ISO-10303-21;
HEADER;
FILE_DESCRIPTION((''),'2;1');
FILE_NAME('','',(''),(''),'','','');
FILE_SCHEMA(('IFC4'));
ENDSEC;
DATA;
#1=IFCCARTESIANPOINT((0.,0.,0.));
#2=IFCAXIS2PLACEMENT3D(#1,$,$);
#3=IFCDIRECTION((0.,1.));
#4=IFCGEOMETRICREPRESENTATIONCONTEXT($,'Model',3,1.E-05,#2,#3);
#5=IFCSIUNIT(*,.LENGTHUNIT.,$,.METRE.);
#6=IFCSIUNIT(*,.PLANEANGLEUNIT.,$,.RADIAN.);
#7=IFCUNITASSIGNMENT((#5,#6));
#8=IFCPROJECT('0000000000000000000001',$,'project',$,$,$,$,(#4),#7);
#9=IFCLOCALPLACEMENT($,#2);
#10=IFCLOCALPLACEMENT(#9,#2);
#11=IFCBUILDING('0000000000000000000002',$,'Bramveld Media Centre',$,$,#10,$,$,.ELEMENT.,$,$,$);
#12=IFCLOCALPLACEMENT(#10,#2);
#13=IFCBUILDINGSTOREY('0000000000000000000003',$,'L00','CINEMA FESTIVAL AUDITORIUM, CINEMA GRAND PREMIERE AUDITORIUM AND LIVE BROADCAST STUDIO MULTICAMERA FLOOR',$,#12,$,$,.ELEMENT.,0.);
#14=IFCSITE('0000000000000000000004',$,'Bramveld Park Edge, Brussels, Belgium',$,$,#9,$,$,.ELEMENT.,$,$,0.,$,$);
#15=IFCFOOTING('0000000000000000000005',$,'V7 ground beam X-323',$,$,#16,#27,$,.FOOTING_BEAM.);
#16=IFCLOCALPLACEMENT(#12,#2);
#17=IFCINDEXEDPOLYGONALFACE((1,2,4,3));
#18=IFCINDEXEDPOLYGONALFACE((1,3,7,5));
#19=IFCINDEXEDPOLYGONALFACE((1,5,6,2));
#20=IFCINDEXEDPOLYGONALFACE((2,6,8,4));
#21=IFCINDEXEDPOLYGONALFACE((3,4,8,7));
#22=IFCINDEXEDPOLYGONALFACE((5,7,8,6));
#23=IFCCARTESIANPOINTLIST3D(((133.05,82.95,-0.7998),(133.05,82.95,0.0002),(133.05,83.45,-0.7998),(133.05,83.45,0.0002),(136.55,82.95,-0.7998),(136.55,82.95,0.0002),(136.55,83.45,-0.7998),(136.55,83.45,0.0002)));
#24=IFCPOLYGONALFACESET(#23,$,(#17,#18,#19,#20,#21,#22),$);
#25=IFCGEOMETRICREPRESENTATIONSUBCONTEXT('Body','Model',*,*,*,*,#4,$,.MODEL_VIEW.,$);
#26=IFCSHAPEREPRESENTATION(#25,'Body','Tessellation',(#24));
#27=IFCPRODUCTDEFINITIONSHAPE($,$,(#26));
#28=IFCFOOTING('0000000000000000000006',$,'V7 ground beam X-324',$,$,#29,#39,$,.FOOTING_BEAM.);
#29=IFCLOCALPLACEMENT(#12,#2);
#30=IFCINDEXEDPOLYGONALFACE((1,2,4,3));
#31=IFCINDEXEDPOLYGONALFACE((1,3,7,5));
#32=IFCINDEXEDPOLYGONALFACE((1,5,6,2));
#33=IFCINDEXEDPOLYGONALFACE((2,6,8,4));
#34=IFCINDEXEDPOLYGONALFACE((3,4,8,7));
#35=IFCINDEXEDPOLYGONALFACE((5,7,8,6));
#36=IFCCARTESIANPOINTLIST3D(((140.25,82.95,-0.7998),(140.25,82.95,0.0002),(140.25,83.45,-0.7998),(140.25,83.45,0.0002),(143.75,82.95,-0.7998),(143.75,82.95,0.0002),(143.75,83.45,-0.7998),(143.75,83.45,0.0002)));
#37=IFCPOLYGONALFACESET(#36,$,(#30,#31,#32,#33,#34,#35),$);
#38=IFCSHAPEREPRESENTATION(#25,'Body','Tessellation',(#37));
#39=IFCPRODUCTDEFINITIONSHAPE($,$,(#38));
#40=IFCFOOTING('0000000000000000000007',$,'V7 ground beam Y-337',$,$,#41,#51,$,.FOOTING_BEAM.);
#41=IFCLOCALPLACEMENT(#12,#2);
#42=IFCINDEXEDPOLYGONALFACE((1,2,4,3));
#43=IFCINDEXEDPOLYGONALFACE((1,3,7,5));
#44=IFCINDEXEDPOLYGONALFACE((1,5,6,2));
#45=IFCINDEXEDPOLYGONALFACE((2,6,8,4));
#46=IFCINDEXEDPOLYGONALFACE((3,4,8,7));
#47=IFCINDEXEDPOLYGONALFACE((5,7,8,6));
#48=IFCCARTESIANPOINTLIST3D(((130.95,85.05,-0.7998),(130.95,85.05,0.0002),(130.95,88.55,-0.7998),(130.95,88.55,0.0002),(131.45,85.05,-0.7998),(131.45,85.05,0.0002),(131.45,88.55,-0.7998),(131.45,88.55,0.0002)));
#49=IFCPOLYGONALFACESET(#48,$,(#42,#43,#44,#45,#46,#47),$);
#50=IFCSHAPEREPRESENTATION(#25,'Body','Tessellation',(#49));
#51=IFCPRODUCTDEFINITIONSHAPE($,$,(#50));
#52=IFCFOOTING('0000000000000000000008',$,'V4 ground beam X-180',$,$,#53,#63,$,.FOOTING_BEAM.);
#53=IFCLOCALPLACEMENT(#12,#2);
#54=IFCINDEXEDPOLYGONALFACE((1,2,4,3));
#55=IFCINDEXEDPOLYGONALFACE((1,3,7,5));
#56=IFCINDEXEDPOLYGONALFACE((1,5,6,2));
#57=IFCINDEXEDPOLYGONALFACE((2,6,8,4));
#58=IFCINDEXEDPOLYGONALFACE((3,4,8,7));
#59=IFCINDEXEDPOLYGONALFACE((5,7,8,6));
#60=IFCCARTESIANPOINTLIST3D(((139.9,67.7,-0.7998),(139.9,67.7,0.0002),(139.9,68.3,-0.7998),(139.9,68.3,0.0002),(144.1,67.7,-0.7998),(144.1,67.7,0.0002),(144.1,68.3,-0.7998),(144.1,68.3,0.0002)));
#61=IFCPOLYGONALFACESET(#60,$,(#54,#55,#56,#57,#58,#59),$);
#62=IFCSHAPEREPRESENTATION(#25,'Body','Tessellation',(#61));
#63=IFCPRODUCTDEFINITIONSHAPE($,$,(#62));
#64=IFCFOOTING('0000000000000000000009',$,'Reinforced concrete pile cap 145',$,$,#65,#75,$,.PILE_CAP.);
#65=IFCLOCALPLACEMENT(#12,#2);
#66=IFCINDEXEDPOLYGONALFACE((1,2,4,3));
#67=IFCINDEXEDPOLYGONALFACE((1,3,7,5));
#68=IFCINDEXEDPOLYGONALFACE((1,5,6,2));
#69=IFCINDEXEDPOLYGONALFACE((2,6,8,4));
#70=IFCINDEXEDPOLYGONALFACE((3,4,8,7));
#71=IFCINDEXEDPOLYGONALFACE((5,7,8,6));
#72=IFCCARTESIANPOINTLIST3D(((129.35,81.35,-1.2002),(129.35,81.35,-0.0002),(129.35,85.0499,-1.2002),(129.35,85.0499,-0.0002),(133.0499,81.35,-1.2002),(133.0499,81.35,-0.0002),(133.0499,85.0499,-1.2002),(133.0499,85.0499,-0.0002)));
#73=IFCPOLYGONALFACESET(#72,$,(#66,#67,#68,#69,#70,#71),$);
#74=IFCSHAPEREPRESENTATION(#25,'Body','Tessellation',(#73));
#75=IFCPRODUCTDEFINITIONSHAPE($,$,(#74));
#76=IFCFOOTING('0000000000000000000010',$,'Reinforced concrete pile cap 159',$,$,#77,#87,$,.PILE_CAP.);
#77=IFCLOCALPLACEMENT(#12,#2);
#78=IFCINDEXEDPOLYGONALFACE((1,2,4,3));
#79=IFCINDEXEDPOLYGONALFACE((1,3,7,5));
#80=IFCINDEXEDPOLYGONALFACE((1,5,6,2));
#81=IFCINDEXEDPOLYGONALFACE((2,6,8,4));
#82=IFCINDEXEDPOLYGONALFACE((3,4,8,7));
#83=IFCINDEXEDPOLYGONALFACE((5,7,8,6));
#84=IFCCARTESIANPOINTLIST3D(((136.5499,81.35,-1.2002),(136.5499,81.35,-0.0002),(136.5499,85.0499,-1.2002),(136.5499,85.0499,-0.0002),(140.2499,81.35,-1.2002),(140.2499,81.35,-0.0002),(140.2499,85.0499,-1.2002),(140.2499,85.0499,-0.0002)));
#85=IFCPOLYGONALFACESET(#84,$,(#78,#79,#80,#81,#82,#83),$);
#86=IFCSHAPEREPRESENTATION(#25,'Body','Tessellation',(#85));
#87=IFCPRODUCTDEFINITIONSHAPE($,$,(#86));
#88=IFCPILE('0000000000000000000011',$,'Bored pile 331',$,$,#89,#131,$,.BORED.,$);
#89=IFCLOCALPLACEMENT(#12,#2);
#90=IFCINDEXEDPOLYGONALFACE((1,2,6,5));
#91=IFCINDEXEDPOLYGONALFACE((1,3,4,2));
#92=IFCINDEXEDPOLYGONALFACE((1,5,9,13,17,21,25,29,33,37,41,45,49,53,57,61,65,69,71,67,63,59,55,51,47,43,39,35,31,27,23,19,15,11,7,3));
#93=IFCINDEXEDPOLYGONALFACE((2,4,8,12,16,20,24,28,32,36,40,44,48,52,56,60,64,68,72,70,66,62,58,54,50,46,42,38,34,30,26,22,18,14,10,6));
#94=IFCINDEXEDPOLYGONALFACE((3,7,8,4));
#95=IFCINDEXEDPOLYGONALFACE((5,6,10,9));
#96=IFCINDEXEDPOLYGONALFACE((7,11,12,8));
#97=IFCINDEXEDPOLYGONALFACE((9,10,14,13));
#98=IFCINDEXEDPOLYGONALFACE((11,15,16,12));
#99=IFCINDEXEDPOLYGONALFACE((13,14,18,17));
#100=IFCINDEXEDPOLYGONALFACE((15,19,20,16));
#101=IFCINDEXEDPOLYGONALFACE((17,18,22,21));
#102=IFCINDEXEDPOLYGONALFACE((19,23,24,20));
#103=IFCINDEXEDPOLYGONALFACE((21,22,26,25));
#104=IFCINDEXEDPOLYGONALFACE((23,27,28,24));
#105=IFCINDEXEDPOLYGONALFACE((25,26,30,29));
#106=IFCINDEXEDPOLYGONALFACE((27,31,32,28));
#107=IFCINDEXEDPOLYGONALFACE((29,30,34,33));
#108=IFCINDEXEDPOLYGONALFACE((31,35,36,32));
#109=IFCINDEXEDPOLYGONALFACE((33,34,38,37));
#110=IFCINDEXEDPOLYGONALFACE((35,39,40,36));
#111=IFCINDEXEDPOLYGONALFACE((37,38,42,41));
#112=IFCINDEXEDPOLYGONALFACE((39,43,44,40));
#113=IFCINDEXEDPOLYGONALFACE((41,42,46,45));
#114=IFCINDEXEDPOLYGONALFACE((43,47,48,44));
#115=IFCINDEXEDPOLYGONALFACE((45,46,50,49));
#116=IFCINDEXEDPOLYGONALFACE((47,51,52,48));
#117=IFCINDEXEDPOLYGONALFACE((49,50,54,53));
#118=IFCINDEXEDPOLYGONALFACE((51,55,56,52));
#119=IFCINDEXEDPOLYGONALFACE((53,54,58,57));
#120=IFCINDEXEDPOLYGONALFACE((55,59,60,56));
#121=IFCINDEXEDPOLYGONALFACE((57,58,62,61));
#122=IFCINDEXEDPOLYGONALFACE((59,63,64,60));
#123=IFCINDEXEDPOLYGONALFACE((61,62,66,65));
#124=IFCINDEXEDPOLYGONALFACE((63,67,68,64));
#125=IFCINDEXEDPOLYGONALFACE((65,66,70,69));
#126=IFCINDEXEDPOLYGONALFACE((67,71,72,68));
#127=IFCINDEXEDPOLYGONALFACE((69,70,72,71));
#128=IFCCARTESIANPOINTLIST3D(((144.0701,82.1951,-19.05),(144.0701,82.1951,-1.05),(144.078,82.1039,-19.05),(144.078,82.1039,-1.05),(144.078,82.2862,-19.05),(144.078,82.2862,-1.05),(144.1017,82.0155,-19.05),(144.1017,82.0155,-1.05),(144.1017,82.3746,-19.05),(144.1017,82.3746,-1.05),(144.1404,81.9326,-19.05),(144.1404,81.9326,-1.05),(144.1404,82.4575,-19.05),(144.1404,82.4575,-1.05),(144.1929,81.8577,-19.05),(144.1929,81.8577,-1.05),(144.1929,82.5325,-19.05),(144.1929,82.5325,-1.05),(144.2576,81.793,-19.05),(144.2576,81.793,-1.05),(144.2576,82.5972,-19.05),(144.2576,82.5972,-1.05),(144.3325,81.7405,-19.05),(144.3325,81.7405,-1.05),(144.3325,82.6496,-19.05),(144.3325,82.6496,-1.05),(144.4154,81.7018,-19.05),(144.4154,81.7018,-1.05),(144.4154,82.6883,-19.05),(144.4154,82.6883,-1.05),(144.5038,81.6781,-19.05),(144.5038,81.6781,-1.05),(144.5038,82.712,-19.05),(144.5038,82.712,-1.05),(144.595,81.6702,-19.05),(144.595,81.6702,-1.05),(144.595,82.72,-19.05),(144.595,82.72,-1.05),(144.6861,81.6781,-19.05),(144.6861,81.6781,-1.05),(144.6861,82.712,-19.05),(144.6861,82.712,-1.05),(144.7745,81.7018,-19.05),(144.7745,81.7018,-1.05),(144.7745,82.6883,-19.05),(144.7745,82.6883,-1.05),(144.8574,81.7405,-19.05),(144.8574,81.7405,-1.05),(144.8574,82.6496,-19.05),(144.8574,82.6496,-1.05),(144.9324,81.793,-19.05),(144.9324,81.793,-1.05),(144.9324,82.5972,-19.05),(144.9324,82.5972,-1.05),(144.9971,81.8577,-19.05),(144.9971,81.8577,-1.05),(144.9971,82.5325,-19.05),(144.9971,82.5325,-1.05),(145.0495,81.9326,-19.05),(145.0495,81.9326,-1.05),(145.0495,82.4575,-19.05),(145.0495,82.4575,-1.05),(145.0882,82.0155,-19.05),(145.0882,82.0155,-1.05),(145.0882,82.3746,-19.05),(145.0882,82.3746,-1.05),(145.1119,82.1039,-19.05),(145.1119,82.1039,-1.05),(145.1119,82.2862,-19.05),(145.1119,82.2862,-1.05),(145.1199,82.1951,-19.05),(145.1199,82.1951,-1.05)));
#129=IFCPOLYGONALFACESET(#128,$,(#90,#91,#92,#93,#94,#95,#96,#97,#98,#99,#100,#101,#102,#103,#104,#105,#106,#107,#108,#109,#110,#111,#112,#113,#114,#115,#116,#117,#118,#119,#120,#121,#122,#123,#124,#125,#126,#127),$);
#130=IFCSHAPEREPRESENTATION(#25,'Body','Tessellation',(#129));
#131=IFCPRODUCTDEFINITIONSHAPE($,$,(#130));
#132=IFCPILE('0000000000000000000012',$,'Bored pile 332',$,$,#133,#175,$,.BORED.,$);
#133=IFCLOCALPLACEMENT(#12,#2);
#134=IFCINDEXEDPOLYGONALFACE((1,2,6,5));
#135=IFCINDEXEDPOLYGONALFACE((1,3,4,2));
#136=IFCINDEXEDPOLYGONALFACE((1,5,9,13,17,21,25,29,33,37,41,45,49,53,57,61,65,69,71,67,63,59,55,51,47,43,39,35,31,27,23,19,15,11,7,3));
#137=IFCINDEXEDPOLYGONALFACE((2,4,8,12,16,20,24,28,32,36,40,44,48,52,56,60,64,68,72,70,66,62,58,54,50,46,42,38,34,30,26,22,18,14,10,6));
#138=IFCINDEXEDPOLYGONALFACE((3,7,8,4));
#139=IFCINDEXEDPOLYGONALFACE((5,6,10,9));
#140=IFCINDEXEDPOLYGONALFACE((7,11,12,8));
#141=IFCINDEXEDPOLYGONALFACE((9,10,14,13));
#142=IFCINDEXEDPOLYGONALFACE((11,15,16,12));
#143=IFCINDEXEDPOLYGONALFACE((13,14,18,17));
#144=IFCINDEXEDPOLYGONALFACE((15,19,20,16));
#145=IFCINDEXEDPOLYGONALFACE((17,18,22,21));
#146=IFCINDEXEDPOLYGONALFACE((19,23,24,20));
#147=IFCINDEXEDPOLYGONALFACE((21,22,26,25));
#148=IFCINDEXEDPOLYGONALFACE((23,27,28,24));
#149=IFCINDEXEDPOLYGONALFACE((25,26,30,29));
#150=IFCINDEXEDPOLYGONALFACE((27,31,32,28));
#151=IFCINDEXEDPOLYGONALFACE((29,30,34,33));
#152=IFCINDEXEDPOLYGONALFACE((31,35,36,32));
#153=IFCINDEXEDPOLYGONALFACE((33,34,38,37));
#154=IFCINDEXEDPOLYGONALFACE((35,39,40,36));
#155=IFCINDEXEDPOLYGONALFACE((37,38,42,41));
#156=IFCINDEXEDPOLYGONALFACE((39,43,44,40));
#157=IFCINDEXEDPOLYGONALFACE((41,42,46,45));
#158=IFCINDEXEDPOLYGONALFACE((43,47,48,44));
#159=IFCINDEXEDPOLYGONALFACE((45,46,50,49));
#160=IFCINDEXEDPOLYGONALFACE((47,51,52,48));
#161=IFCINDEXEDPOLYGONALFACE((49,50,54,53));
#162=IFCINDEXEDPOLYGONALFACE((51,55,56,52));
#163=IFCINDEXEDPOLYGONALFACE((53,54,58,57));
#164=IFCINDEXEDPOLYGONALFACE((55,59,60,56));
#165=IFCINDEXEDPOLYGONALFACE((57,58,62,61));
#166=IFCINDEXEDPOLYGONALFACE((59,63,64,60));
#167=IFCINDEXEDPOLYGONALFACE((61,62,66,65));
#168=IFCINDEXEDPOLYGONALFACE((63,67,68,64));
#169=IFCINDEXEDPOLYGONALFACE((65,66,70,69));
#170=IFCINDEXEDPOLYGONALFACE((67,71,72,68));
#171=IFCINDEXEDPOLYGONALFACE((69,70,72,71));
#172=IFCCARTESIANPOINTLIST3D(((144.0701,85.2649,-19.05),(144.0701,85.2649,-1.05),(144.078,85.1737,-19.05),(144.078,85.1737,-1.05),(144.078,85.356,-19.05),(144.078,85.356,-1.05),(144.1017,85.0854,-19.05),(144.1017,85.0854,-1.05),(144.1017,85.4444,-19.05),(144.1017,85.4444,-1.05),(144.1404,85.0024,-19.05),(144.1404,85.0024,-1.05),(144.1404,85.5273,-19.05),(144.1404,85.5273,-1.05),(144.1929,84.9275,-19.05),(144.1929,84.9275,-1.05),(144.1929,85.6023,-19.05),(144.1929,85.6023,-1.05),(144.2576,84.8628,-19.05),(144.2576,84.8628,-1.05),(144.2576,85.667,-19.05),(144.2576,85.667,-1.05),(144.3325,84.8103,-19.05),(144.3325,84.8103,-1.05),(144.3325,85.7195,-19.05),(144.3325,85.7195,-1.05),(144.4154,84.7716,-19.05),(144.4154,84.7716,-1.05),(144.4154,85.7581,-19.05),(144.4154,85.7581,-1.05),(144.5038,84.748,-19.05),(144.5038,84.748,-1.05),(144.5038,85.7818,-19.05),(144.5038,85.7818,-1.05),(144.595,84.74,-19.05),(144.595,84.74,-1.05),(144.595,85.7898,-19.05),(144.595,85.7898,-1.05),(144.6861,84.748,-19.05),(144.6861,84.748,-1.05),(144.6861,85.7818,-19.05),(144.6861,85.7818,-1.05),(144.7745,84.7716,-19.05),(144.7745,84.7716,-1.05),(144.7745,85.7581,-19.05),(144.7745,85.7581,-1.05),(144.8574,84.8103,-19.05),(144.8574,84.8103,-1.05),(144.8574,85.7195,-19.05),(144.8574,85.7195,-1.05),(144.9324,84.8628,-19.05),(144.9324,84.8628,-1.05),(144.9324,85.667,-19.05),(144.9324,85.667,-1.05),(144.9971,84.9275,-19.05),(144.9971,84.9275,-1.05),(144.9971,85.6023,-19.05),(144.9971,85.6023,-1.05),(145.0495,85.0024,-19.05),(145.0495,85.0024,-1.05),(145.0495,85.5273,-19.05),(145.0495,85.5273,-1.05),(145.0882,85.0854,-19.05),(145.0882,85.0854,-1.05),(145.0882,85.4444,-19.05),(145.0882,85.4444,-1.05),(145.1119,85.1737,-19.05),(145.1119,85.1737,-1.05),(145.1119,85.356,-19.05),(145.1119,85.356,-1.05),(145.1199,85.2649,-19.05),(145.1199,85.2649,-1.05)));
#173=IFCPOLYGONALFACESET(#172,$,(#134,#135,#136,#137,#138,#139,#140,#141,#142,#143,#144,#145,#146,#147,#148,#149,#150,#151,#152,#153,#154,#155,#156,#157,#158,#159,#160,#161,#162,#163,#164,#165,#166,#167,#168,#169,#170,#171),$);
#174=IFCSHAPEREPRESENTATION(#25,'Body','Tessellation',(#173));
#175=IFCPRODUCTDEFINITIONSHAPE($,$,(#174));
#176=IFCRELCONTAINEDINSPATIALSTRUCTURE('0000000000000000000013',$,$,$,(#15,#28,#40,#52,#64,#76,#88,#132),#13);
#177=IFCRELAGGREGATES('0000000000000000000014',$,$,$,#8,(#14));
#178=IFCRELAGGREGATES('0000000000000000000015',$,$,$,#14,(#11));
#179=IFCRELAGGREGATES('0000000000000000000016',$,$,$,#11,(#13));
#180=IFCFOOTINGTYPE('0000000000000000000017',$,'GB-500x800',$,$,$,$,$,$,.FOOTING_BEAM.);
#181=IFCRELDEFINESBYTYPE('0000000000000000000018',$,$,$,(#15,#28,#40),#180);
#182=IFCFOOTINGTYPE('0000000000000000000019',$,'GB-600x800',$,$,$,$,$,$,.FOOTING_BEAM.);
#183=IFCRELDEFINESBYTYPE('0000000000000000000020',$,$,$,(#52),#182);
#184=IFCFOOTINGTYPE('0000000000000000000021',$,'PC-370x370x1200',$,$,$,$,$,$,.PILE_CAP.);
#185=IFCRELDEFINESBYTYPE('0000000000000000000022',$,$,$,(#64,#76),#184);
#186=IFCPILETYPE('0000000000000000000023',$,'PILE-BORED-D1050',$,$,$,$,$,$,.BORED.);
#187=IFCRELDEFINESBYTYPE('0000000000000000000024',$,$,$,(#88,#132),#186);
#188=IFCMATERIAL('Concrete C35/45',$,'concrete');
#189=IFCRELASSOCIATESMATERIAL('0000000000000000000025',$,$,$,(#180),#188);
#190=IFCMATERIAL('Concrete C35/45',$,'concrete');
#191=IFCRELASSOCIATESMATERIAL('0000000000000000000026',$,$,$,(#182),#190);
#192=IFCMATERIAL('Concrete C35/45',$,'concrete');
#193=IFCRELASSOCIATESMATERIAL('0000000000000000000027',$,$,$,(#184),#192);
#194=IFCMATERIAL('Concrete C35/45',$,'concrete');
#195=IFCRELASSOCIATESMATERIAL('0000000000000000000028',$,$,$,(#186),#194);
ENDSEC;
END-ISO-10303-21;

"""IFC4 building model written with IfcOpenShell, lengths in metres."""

from ifc_helpers import new_model, si_unit, direction, frame, origin, origin_2d, place, context, subcontext, project, spatial, rectangle, circle, extrude, material, material_profile, profile_set, type_object, element, save


model = new_model("IFC4")

# Units and contexts
model_context = context("Model", 3, precision=1e-05, world=origin(), true_north=direction((0.0, 1.0)))
body_context = subcontext(model_context, "Body", "Model", "MODEL_VIEW")
ifc_project = project(units=[si_unit("LENGTHUNIT", "METRE"), si_unit("PLANEANGLEUNIT", "RADIAN")], contexts=[model_context])

# Site, building, storey
site_placement = place(None, origin())
site = spatial("IfcSite", under=ifc_project, at=site_placement, Name="Bramveld Park Edge, Brussels, Belgium", CompositionType="ELEMENT", RefElevation=0.0)
building_placement = place(site_placement, origin())
building = spatial("IfcBuilding", under=site, at=building_placement, Name="Bramveld Media Centre", CompositionType="ELEMENT")
storey_placement = place(building_placement, origin())
storey = spatial("IfcBuildingStorey", under=building, at=storey_placement, Name="L00", Description="CINEMA FESTIVAL AUDITORIUM, CINEMA GRAND PREMIERE AUDITORIUM AND LIVE BROADCAST STUDIO MULTICAMERA FLOOR", CompositionType="ELEMENT", Elevation=0.0)

# Footings
ifc_material_1 = material(Name="Concrete C35/45", Category="concrete")
footing_type_1 = type_object("IfcFootingType", Name="GB-500x800", PredefinedType="FOOTING_BEAM", material=ifc_material_1)
for number, where, z_axis, x_axis, name in (
    (1, (134.8, 83.2, -0.7998), (0.0, 0.0, 1.0), (1.0, 0.0, 0.0), "V7 ground beam X-323"),
    (2, (142.0, 83.2, -0.7998), (0.0, 0.0, 1.0), (1.0, 0.0, 0.0), "V7 ground beam X-324"),
):
    element("IfcFooting", number, at=place(storey_placement, frame(where, z_axis=z_axis, x_axis=x_axis)), inside=storey, type_object=footing_type_1, Name=name, PredefinedType="FOOTING_BEAM", context=body_context, shape_type="SweptSolid", body=[
        extrude(rectangle(XDim=3.5, YDim=0.5, at=origin_2d()), origin(), (0.0, 0.0, 1.0), 0.8),
    ])
footing_1_placement = place(storey_placement, frame((131.2, 86.8, -0.7998), z_axis=(0.0, 0.0, 1.0), x_axis=(1.0, 0.0, 0.0)))
element("IfcFooting", 3, at=footing_1_placement, inside=storey, type_object=footing_type_1, Name="V7 ground beam Y-337", PredefinedType="FOOTING_BEAM", context=body_context, shape_type="SweptSolid", body=[
    extrude(rectangle(XDim=0.5, YDim=3.5, at=origin_2d()), origin(), (0.0, 0.0, 1.0), 0.8),
])
ifc_material_2 = material(Name="Concrete C35/45", Category="concrete")
footing_type_2 = type_object("IfcFootingType", Name="GB-600x800", PredefinedType="FOOTING_BEAM", material=ifc_material_2)
footing_2_placement = place(storey_placement, frame((142.0, 68.0, -0.7998), z_axis=(0.0, 0.0, 1.0), x_axis=(1.0, 0.0, 0.0)))
element("IfcFooting", 4, at=footing_2_placement, inside=storey, type_object=footing_type_2, Name="V4 ground beam X-180", PredefinedType="FOOTING_BEAM", context=body_context, shape_type="SweptSolid", body=[
    extrude(rectangle(XDim=4.2, YDim=0.6001, at=origin_2d()), origin(), (0.0, 0.0, 1.0), 0.8),
])
ifc_material_3 = material(Name="Concrete C35/45", Category="concrete")
footing_type_3 = type_object("IfcFootingType", Name="PC-370x370x1200", PredefinedType="PILE_CAP", material=ifc_material_3)
for number, where, z_axis, x_axis, name in (
    (5, (131.2, 83.2, -1.2002), (0.0, 0.0, 1.0), (1.0, 0.0, 0.0), "Reinforced concrete pile cap 145"),
    (6, (138.3999, 83.2, -1.2002), (0.0, 0.0, 1.0), (1.0, 0.0, 0.0), "Reinforced concrete pile cap 159"),
):
    element("IfcFooting", number, at=place(storey_placement, frame(where, z_axis=z_axis, x_axis=x_axis)), inside=storey, type_object=footing_type_3, Name=name, PredefinedType="PILE_CAP", context=body_context, shape_type="SweptSolid", body=[
        extrude(rectangle(XDim=3.7, YDim=3.7, at=origin_2d()), origin(), (0.0, 0.0, 1.0), 1.2),
    ])

# Piles
ifc_material_4 = material(Name="Concrete C35/45", Category="concrete")
ifc_material_profile_1 = material_profile(ifc_material_4, circle(Radius=0.5249, at=origin_2d()), Name="BORED D1050")
ifc_profile_set_1 = profile_set([ifc_material_profile_1], Name="Concrete C35/45")
pile_type_1 = type_object("IfcPileType", Name="PILE-BORED-D1050", PredefinedType="BORED", material=ifc_profile_set_1)
for number, where, z_axis, x_axis, name in (
    (7, (144.595, 82.1951, -1.05), (0.0, 0.0, -1.0), (1.0, 0.0, 0.0), "Bored pile 331"),
    (8, (144.595, 85.2649, -1.05), (0.0, 0.0, -1.0), (1.0, 0.0, 0.0), "Bored pile 332"),
):
    element("IfcPile", number, at=place(storey_placement, frame(where, z_axis=z_axis, x_axis=x_axis)), inside=storey, type_object=pile_type_1, Name=name, PredefinedType="BORED", context=body_context, shape_type="SweptSolid", body=[
        extrude(circle(Radius=0.5249, at=origin_2d()), origin(), (0.0, 0.0, 1.0), 18.0),
    ])

save(model, "model.ifc")
